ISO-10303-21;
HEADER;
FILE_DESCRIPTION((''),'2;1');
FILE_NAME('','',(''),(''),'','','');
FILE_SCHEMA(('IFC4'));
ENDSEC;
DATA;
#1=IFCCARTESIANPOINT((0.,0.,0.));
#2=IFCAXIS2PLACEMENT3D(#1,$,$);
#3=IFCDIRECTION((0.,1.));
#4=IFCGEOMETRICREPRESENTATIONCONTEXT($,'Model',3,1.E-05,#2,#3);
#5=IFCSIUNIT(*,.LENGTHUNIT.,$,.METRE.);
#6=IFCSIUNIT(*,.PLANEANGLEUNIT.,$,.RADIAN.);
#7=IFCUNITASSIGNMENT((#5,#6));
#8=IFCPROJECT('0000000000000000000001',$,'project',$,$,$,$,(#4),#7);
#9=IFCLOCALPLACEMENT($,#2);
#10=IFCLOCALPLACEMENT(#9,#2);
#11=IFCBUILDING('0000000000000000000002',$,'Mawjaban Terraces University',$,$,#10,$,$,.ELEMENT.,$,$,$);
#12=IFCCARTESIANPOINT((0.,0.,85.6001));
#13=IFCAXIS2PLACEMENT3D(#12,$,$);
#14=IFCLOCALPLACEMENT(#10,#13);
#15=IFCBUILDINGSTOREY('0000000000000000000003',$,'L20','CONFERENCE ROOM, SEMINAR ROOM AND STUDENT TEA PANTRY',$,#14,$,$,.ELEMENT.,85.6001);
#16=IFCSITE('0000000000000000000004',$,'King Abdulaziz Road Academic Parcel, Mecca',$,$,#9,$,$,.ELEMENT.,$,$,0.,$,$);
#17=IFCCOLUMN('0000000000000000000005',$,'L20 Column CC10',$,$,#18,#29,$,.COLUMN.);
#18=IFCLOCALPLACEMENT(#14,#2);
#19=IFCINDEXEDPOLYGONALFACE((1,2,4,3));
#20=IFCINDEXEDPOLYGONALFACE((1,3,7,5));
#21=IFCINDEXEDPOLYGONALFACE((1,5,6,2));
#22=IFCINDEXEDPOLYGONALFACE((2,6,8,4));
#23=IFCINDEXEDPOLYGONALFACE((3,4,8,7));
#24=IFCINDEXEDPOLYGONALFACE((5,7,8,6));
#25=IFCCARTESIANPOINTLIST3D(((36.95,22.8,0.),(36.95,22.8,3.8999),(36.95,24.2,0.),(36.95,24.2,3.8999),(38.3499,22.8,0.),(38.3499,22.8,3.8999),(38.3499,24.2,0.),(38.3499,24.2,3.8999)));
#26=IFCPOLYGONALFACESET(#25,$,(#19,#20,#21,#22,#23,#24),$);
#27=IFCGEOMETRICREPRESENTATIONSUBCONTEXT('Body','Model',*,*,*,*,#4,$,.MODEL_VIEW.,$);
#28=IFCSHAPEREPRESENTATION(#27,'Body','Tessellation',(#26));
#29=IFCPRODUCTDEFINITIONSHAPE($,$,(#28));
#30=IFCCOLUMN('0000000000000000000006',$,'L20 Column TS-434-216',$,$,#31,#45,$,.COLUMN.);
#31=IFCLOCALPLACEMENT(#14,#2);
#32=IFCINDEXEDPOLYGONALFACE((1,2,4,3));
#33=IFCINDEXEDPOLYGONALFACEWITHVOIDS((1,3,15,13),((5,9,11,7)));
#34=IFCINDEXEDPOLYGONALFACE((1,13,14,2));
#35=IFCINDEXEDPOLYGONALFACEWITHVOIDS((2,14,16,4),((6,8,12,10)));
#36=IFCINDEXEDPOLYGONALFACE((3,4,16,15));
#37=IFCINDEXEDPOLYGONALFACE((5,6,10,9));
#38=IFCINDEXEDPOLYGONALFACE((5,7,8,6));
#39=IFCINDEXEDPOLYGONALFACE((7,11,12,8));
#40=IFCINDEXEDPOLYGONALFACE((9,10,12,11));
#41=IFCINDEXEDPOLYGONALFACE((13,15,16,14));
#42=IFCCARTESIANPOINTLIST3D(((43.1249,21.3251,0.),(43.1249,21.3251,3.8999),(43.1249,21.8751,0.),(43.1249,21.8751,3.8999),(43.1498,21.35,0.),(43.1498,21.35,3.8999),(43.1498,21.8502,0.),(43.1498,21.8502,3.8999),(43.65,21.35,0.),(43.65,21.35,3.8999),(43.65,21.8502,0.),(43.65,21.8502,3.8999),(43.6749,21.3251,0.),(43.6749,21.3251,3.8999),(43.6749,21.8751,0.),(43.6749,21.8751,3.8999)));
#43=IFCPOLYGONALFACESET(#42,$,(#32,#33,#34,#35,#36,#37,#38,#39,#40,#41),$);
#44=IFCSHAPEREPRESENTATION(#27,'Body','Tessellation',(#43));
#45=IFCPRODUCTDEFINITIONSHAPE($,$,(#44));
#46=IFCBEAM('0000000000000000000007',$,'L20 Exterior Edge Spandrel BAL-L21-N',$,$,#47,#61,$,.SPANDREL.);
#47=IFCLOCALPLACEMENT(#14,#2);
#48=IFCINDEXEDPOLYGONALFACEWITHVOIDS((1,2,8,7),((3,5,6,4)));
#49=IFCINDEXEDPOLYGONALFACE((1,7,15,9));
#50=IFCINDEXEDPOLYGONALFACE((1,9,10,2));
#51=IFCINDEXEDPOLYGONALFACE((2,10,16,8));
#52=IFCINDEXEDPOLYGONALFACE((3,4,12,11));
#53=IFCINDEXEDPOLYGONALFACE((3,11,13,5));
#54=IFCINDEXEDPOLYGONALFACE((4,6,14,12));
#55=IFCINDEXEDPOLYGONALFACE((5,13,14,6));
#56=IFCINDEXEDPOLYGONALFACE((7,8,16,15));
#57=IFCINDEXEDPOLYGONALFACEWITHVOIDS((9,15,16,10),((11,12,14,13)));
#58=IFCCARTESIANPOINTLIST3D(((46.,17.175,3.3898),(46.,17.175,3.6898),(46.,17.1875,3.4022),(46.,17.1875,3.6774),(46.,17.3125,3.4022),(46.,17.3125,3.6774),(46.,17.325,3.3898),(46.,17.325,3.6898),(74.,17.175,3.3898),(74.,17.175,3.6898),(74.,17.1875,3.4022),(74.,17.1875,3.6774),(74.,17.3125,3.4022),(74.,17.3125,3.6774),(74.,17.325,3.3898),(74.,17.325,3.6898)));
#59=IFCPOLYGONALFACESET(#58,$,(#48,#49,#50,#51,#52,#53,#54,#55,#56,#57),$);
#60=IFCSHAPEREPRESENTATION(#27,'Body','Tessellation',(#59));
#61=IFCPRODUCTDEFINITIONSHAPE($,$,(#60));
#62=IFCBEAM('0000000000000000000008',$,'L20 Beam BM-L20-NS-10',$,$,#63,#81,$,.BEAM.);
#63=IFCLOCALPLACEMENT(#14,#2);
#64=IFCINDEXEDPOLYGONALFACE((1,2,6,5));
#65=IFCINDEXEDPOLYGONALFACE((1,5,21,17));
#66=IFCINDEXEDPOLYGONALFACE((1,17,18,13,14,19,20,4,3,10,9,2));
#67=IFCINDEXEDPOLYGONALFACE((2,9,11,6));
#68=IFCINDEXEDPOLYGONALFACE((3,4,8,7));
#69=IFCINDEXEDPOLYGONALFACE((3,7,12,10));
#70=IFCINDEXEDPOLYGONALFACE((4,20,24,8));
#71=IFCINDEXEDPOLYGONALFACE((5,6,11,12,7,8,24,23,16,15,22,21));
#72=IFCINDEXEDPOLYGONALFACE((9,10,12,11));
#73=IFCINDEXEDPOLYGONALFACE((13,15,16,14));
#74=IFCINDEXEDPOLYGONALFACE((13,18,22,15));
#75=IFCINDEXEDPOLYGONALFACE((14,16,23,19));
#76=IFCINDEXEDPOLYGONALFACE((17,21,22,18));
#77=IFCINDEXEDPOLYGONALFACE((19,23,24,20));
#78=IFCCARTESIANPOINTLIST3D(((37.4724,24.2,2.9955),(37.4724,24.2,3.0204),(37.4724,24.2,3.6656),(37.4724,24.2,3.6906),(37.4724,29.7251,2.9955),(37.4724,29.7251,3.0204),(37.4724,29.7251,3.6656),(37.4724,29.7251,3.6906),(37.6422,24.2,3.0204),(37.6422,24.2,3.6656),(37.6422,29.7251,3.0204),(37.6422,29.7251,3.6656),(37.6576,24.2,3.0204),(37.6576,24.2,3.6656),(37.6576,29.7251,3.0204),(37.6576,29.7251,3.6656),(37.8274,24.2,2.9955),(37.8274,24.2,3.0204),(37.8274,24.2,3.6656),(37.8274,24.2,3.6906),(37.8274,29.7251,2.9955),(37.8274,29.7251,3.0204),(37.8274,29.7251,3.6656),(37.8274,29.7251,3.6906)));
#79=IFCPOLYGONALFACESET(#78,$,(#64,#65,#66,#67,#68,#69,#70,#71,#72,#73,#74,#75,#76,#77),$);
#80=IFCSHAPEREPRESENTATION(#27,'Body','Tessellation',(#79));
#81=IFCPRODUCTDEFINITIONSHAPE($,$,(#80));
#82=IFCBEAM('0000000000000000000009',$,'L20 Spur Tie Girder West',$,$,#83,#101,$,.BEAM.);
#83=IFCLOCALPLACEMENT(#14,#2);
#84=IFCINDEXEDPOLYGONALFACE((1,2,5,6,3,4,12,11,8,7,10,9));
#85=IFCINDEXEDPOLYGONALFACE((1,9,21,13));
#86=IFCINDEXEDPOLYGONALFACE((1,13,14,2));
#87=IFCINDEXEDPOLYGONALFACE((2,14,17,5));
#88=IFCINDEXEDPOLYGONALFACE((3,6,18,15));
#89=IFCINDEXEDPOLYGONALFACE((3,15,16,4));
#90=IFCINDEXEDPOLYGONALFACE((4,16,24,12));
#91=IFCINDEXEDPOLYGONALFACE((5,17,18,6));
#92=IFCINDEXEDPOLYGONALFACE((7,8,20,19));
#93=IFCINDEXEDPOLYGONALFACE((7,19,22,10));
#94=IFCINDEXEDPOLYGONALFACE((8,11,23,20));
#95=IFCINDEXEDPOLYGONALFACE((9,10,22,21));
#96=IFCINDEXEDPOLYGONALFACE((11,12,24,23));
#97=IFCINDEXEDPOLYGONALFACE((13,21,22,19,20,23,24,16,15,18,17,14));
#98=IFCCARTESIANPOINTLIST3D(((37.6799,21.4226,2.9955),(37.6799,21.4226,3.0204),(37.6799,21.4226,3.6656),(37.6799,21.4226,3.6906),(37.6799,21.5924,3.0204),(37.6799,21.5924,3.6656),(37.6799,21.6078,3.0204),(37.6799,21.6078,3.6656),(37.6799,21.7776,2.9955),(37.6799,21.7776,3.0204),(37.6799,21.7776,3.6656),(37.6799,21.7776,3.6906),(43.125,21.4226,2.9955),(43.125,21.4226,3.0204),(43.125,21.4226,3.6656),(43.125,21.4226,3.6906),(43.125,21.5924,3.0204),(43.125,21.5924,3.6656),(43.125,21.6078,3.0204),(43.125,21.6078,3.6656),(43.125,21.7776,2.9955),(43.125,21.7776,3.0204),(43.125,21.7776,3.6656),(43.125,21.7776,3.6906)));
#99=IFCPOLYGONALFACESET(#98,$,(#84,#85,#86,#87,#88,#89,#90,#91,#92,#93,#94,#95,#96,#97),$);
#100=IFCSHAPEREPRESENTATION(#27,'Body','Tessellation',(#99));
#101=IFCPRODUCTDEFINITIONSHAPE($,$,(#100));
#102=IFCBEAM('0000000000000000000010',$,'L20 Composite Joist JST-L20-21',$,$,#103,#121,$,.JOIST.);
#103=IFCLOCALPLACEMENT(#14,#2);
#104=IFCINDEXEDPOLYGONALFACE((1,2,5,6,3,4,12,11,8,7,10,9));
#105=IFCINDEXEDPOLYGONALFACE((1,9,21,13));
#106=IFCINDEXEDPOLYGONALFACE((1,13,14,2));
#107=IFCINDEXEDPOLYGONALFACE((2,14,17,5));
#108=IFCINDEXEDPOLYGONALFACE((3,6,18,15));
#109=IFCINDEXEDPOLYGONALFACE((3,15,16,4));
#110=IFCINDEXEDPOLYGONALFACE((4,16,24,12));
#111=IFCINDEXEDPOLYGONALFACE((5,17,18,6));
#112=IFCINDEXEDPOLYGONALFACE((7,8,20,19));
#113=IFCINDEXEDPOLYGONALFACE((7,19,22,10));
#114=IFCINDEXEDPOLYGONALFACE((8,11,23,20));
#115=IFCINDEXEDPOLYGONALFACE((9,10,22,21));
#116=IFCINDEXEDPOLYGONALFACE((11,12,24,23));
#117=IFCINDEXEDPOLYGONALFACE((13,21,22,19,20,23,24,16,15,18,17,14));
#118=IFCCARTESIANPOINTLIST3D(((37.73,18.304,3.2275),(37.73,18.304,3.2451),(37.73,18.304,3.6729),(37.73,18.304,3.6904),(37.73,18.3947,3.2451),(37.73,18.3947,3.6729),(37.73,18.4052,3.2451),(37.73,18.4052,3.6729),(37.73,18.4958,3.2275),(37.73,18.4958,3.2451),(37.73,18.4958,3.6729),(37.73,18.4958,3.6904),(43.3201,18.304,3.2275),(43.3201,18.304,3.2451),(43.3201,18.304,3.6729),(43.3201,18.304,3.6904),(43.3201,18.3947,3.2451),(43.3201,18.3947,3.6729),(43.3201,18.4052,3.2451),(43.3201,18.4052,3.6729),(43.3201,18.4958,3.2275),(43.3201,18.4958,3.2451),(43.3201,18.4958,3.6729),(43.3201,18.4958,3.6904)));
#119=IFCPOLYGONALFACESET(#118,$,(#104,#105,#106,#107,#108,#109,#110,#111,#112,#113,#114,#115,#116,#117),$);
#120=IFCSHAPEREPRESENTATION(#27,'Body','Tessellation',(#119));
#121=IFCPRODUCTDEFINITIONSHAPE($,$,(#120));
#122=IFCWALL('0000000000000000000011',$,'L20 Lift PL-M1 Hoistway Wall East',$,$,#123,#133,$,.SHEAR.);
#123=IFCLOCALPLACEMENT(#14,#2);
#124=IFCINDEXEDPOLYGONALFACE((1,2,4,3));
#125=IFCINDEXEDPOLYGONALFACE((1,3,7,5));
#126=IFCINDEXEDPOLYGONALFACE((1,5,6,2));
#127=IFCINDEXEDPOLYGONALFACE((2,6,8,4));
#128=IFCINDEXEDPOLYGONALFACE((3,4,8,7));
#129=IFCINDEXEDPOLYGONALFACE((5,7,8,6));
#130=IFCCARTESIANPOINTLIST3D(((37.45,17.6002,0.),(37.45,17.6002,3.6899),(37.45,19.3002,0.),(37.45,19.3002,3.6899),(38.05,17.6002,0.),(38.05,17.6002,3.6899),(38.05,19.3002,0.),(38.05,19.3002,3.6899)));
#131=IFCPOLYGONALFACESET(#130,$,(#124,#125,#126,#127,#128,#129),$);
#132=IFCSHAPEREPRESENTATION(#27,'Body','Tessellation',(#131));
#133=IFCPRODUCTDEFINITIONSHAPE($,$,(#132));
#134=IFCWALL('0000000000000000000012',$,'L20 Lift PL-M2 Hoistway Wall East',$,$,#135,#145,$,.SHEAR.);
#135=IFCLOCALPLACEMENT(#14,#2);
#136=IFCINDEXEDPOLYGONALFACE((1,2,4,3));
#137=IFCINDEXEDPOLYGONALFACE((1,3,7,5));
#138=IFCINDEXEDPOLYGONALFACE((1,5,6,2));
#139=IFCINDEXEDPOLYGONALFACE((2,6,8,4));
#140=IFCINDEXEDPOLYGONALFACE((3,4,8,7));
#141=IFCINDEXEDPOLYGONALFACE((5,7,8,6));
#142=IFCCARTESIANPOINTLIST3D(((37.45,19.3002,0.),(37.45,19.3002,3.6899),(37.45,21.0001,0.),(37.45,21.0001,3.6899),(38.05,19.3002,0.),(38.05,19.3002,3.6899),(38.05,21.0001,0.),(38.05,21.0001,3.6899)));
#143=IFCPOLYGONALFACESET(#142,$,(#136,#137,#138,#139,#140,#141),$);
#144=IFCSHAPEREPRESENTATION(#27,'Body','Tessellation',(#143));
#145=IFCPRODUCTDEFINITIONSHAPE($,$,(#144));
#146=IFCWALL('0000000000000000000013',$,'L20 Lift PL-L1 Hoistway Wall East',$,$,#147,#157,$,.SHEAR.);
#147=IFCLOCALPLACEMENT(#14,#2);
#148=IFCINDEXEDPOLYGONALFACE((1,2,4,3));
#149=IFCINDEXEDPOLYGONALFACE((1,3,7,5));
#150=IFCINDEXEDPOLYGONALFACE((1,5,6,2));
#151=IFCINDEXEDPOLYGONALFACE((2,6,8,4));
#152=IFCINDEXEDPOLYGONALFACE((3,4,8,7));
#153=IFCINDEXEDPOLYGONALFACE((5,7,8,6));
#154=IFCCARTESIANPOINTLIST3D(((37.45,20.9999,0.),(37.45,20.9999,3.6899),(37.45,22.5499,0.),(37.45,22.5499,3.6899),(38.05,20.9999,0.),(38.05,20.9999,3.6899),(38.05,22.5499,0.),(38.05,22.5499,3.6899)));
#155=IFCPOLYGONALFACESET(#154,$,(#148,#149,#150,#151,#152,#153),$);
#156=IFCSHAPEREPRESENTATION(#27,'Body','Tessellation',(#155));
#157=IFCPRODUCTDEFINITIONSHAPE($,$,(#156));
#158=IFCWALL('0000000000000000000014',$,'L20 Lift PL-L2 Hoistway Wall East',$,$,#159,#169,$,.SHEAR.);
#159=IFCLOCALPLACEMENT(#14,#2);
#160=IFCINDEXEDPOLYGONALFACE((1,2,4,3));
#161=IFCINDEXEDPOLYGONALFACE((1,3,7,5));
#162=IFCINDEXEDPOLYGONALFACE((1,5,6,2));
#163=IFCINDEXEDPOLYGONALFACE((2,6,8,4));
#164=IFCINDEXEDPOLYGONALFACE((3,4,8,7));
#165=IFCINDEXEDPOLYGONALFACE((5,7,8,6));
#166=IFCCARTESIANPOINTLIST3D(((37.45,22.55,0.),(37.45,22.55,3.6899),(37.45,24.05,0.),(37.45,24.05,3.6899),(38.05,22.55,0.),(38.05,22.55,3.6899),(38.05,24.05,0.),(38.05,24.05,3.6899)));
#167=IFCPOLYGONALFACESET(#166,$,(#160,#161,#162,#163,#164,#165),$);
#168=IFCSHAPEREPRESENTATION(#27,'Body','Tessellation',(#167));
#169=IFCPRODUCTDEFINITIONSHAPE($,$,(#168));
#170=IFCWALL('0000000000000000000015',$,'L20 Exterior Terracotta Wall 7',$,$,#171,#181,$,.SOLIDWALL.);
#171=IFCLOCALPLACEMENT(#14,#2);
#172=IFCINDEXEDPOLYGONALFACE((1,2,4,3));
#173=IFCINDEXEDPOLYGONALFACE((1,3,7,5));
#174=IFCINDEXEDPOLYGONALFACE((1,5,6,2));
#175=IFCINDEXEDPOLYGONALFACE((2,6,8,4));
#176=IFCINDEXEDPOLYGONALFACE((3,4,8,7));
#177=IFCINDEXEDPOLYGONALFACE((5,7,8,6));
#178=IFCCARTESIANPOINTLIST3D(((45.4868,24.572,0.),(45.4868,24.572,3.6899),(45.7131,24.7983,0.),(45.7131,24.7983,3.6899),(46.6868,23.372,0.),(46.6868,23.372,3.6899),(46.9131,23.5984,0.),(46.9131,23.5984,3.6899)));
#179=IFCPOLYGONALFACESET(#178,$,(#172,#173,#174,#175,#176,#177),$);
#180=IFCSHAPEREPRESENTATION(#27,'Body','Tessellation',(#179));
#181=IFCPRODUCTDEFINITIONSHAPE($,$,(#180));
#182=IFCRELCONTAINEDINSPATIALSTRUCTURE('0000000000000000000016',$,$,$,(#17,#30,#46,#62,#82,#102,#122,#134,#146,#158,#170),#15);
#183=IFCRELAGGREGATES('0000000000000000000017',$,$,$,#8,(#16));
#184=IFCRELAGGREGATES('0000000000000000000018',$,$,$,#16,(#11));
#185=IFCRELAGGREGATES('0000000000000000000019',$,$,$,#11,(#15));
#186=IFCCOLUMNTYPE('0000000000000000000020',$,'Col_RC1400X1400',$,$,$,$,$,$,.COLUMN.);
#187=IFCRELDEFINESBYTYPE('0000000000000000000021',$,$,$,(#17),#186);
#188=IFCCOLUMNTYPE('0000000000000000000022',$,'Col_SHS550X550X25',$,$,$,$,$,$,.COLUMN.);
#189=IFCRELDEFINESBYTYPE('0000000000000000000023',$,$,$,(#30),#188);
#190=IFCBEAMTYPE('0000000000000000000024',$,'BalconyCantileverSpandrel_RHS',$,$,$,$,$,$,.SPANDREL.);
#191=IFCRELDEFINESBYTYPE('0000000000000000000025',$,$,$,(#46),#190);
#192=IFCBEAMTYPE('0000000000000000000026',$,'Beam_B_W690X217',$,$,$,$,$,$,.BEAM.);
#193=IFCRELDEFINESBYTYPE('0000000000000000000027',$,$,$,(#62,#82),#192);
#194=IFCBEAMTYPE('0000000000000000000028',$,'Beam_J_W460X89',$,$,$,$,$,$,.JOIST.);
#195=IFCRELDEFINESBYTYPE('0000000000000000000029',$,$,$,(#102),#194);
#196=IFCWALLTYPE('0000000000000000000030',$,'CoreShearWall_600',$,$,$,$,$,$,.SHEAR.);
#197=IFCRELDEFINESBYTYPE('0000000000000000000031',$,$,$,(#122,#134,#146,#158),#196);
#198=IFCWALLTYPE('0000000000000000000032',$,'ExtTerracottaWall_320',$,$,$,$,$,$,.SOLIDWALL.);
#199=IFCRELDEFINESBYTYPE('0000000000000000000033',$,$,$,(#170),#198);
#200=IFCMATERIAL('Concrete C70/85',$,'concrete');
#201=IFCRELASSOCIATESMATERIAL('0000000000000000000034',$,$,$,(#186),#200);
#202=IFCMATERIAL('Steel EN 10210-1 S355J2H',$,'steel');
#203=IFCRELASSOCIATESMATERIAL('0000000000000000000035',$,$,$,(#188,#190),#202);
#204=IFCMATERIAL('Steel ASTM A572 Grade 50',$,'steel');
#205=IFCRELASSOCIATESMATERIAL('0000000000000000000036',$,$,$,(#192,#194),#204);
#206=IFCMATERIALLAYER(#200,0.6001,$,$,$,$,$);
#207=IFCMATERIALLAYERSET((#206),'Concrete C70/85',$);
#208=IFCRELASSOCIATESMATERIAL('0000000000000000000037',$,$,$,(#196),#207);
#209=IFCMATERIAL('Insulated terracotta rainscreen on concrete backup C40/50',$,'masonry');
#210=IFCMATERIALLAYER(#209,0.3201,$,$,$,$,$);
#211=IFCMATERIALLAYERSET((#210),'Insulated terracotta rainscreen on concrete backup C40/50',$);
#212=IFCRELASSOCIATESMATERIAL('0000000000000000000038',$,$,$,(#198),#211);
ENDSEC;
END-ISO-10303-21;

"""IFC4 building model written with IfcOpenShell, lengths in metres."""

from ifc_helpers import new_model, si_unit, direction, frame, frame_2d, origin, origin_2d, place, context, subcontext, project, spatial, rectangle, hollow_rectangle, i_section, extrude, material, layer, layer_set, material_profile, profile_set, type_object, element, save


model = new_model("IFC4")

# Units and contexts
model_context = context("Model", 3, precision=1e-05, world=origin(), true_north=direction((0.0, 1.0)))
body_context = subcontext(model_context, "Body", "Model", "MODEL_VIEW")
ifc_project = project(units=[si_unit("LENGTHUNIT", "METRE"), si_unit("PLANEANGLEUNIT", "RADIAN")], contexts=[model_context])

# Site, building, storey
site_placement = place(None, origin())
site = spatial("IfcSite", under=ifc_project, at=site_placement, Name="King Abdulaziz Road Academic Parcel, Mecca", CompositionType="ELEMENT", RefElevation=0.0)
building_placement = place(site_placement, origin())
building = spatial("IfcBuilding", under=site, at=building_placement, Name="Mawjaban Terraces University", CompositionType="ELEMENT")
storey_placement = place(building_placement, frame((0.0, 0.0, 85.6001)))
storey = spatial("IfcBuildingStorey", under=building, at=storey_placement, Name="L20", Description="CONFERENCE ROOM, SEMINAR ROOM AND STUDENT TEA PANTRY", CompositionType="ELEMENT", Elevation=85.6001)

# Columns
ifc_material_1 = material(Name="Concrete C70/85", Category="concrete")
ifc_material_profile_1 = material_profile(ifc_material_1, rectangle(XDim=1.3999, YDim=1.3999, at=origin_2d()), Name="RC1400X1400")
ifc_profile_set_1 = profile_set([ifc_material_profile_1], Name="Concrete C70/85")
column_type_1 = type_object("IfcColumnType", Name="Col_RC1400X1400", PredefinedType="COLUMN", material=ifc_profile_set_1)
column_1_placement = place(storey_placement, frame((37.6499, 23.5, 0.0), z_axis=(0.0, 0.0, 1.0), x_axis=(1.0, 0.0, 0.0)))
element("IfcColumn", 1, at=column_1_placement, inside=storey, type_object=column_type_1, Name="L20 Column CC10", PredefinedType="COLUMN", context=body_context, shape_type="SweptSolid", body=[
    extrude(rectangle(XDim=1.3999, YDim=1.3999, at=origin_2d()), origin(), (0.0, 0.0, 1.0), 3.8999),
])
ifc_material_2 = material(Name="Steel EN 10210-1 S355J2H", Category="steel")
ifc_material_profile_2 = material_profile(ifc_material_2, hollow_rectangle(XDim=0.55, YDim=0.55, WallThickness=0.0249, at=origin_2d()), Name="SHS550X550X25")
ifc_profile_set_2 = profile_set([ifc_material_profile_2], Name="Steel EN 10210-1 S355J2H")
column_type_2 = type_object("IfcColumnType", Name="Col_SHS550X550X25", PredefinedType="COLUMN", material=ifc_profile_set_2)
column_2_placement = place(storey_placement, frame((43.3999, 21.6001, 0.0), z_axis=(0.0, 0.0, 1.0), x_axis=(1.0, 0.0, 0.0)))
element("IfcColumn", 2, at=column_2_placement, inside=storey, type_object=column_type_2, Name="L20 Column TS-434-216", PredefinedType="COLUMN", context=body_context, shape_type="SweptSolid", body=[
    extrude(hollow_rectangle(XDim=0.55, YDim=0.55, WallThickness=0.0249, at=origin_2d()), origin(), (0.0, 0.0, 1.0), 3.8999),
])

# Beams
ifc_material_profile_3 = material_profile(ifc_material_2, hollow_rectangle(XDim=0.1499, YDim=0.3, WallThickness=0.0125, at=origin_2d()), Name="RHS300X150X12.5")
ifc_profile_set_3 = profile_set([ifc_material_profile_3], Name="Steel EN 10210-1 S355J2H")
beam_type_1 = type_object("IfcBeamType", Name="BalconyCantileverSpandrel_RHS", PredefinedType="SPANDREL", material=ifc_profile_set_3)
beam_1_placement = place(storey_placement, frame((46.0, 17.25, 3.5398), z_axis=(1.0, 0.0, 0.0), x_axis=(0.0, 1.0, 0.0)))
element("IfcBeam", 3, at=beam_1_placement, inside=storey, type_object=beam_type_1, Name="L20 Exterior Edge Spandrel BAL-L21-N", PredefinedType="SPANDREL", context=body_context, shape_type="SweptSolid", body=[
    extrude(hollow_rectangle(XDim=0.1499, YDim=0.3, WallThickness=0.0125, at=origin_2d()), origin(), (0.0, 0.0, 1.0), 28.0),
])
ifc_material_3 = material(Name="Steel ASTM A572 Grade 50", Category="steel")
ifc_material_profile_4 = material_profile(ifc_material_3, i_section(OverallWidth=0.355, OverallDepth=0.6951, WebThickness=0.0154, FlangeThickness=0.0249, at=origin_2d()), Name="W690X217")
ifc_profile_set_4 = profile_set([ifc_material_profile_4], Name="Steel ASTM A572 Grade 50")
beam_type_2 = type_object("IfcBeamType", Name="Beam_B_W690X217", PredefinedType="BEAM", material=ifc_profile_set_4)
beam_2_placement = place(storey_placement, frame((37.6499, 24.2, 3.343), z_axis=(0.0, 1.0, 0.0), x_axis=(-1.0, 0.0, 0.0)))
element("IfcBeam", 4, at=beam_2_placement, inside=storey, type_object=beam_type_2, Name="L20 Beam BM-L20-NS-10", PredefinedType="BEAM", context=body_context, shape_type="SweptSolid", body=[
    extrude(i_section(OverallWidth=0.355, OverallDepth=0.6951, WebThickness=0.0154, FlangeThickness=0.0249, at=origin_2d()), origin(), (0.0, 0.0, 1.0), 5.5251),
])
beam_3_placement = place(storey_placement, frame((37.6799, 21.6001, 3.343), z_axis=(1.0, 0.0, 0.0), x_axis=(0.0, 1.0, 0.0)))
element("IfcBeam", 5, at=beam_3_placement, inside=storey, type_object=beam_type_2, Name="L20 Spur Tie Girder West", PredefinedType="BEAM", context=body_context, shape_type="SweptSolid", body=[
    extrude(i_section(OverallWidth=0.355, OverallDepth=0.6951, WebThickness=0.0154, FlangeThickness=0.0249, at=origin_2d()), origin(), (0.0, 0.0, 1.0), 5.4451),
])
ifc_material_profile_5 = material_profile(ifc_material_3, i_section(OverallWidth=0.1919, OverallDepth=0.4629, WebThickness=0.0105, FlangeThickness=0.0176, at=origin_2d()), Name="W460X89")
ifc_profile_set_5 = profile_set([ifc_material_profile_5], Name="Steel ASTM A572 Grade 50")
beam_type_3 = type_object("IfcBeamType", Name="Beam_J_W460X89", PredefinedType="JOIST", material=ifc_profile_set_5)
beam_4_placement = place(storey_placement, frame((37.73, 18.3999, 3.459), z_axis=(1.0, 0.0, 0.0), x_axis=(0.0, 1.0, 0.0)))
element("IfcBeam", 6, at=beam_4_placement, inside=storey, type_object=beam_type_3, Name="L20 Composite Joist JST-L20-21", PredefinedType="JOIST", context=body_context, shape_type="SweptSolid", body=[
    extrude(i_section(OverallWidth=0.1919, OverallDepth=0.4629, WebThickness=0.0105, FlangeThickness=0.0176, at=origin_2d()), origin(), (0.0, 0.0, 1.0), 5.5901),
])

# Walls
ifc_layer_1 = layer(ifc_material_1, 0.6001)
ifc_layer_set_1 = layer_set([ifc_layer_1], Name="Concrete C70/85")
wall_type_1 = type_object("IfcWallType", Name="CoreShearWall_600", PredefinedType="SHEAR", material=ifc_layer_set_1)
for number, where, z_axis, x_axis, name in (
    (7, (37.75, 17.6001, 0.0), (0.0, 0.0, 1.0), (0.0, 1.0, 0.0), "L20 Lift PL-M1 Hoistway Wall East"),
    (8, (37.75, 19.3, 0.0), (0.0, 0.0, 1.0), (0.0, 1.0, 0.0), "L20 Lift PL-M2 Hoistway Wall East"),
):
    element("IfcWall", number, at=place(storey_placement, frame(where, z_axis=z_axis, x_axis=x_axis)), inside=storey, type_object=wall_type_1, Name=name, PredefinedType="SHEAR", context=body_context, shape_type="SweptSolid", body=[
        extrude(rectangle(XDim=1.7, YDim=0.6001, at=frame_2d((0.8501, 0.0))), origin(), (0.0, 0.0, 1.0), 3.6899),
    ])
wall_1_placement = place(storey_placement, frame((37.75, 21.0, 0.0), z_axis=(0.0, 0.0, 1.0), x_axis=(0.0, 1.0, 0.0)))
element("IfcWall", 9, at=wall_1_placement, inside=storey, type_object=wall_type_1, Name="L20 Lift PL-L1 Hoistway Wall East", PredefinedType="SHEAR", context=body_context, shape_type="SweptSolid", body=[
    extrude(rectangle(XDim=1.55, YDim=0.6001, at=frame_2d((0.7749, 0.0))), origin(), (0.0, 0.0, 1.0), 3.6899),
])
wall_2_placement = place(storey_placement, frame((37.75, 22.55, 0.0), z_axis=(0.0, 0.0, 1.0), x_axis=(0.0, 1.0, 0.0)))
element("IfcWall", 10, at=wall_2_placement, inside=storey, type_object=wall_type_1, Name="L20 Lift PL-L2 Hoistway Wall East", PredefinedType="SHEAR", context=body_context, shape_type="SweptSolid", body=[
    extrude(rectangle(XDim=1.5, YDim=0.6001, at=frame_2d((0.75, 0.0))), origin(), (0.0, 0.0, 1.0), 3.6899),
])
ifc_material_4 = material(Name="Insulated terracotta rainscreen on concrete backup C40/50", Category="masonry")
ifc_layer_2 = layer(ifc_material_4, 0.3201)
ifc_layer_set_2 = layer_set([ifc_layer_2], Name="Insulated terracotta rainscreen on concrete backup C40/50")
wall_type_2 = type_object("IfcWallType", Name="ExtTerracottaWall_320", PredefinedType="SOLIDWALL", material=ifc_layer_set_2)
wall_3_placement = place(storey_placement, frame((46.8, 23.4851, 0.0), z_axis=(0.0, 0.0, 1.0), x_axis=(-0.707107, 0.707107, 0.0)))
element("IfcWall", 11, at=wall_3_placement, inside=storey, type_object=wall_type_2, Name="L20 Exterior Terracotta Wall 7", PredefinedType="SOLIDWALL", context=body_context, shape_type="SweptSolid", body=[
    extrude(rectangle(XDim=1.697, YDim=0.3201, at=frame_2d((0.8486, 0.0))), origin(), (0.0, 0.0, 1.0), 3.6899),
])

save(model, "model.ifc")
